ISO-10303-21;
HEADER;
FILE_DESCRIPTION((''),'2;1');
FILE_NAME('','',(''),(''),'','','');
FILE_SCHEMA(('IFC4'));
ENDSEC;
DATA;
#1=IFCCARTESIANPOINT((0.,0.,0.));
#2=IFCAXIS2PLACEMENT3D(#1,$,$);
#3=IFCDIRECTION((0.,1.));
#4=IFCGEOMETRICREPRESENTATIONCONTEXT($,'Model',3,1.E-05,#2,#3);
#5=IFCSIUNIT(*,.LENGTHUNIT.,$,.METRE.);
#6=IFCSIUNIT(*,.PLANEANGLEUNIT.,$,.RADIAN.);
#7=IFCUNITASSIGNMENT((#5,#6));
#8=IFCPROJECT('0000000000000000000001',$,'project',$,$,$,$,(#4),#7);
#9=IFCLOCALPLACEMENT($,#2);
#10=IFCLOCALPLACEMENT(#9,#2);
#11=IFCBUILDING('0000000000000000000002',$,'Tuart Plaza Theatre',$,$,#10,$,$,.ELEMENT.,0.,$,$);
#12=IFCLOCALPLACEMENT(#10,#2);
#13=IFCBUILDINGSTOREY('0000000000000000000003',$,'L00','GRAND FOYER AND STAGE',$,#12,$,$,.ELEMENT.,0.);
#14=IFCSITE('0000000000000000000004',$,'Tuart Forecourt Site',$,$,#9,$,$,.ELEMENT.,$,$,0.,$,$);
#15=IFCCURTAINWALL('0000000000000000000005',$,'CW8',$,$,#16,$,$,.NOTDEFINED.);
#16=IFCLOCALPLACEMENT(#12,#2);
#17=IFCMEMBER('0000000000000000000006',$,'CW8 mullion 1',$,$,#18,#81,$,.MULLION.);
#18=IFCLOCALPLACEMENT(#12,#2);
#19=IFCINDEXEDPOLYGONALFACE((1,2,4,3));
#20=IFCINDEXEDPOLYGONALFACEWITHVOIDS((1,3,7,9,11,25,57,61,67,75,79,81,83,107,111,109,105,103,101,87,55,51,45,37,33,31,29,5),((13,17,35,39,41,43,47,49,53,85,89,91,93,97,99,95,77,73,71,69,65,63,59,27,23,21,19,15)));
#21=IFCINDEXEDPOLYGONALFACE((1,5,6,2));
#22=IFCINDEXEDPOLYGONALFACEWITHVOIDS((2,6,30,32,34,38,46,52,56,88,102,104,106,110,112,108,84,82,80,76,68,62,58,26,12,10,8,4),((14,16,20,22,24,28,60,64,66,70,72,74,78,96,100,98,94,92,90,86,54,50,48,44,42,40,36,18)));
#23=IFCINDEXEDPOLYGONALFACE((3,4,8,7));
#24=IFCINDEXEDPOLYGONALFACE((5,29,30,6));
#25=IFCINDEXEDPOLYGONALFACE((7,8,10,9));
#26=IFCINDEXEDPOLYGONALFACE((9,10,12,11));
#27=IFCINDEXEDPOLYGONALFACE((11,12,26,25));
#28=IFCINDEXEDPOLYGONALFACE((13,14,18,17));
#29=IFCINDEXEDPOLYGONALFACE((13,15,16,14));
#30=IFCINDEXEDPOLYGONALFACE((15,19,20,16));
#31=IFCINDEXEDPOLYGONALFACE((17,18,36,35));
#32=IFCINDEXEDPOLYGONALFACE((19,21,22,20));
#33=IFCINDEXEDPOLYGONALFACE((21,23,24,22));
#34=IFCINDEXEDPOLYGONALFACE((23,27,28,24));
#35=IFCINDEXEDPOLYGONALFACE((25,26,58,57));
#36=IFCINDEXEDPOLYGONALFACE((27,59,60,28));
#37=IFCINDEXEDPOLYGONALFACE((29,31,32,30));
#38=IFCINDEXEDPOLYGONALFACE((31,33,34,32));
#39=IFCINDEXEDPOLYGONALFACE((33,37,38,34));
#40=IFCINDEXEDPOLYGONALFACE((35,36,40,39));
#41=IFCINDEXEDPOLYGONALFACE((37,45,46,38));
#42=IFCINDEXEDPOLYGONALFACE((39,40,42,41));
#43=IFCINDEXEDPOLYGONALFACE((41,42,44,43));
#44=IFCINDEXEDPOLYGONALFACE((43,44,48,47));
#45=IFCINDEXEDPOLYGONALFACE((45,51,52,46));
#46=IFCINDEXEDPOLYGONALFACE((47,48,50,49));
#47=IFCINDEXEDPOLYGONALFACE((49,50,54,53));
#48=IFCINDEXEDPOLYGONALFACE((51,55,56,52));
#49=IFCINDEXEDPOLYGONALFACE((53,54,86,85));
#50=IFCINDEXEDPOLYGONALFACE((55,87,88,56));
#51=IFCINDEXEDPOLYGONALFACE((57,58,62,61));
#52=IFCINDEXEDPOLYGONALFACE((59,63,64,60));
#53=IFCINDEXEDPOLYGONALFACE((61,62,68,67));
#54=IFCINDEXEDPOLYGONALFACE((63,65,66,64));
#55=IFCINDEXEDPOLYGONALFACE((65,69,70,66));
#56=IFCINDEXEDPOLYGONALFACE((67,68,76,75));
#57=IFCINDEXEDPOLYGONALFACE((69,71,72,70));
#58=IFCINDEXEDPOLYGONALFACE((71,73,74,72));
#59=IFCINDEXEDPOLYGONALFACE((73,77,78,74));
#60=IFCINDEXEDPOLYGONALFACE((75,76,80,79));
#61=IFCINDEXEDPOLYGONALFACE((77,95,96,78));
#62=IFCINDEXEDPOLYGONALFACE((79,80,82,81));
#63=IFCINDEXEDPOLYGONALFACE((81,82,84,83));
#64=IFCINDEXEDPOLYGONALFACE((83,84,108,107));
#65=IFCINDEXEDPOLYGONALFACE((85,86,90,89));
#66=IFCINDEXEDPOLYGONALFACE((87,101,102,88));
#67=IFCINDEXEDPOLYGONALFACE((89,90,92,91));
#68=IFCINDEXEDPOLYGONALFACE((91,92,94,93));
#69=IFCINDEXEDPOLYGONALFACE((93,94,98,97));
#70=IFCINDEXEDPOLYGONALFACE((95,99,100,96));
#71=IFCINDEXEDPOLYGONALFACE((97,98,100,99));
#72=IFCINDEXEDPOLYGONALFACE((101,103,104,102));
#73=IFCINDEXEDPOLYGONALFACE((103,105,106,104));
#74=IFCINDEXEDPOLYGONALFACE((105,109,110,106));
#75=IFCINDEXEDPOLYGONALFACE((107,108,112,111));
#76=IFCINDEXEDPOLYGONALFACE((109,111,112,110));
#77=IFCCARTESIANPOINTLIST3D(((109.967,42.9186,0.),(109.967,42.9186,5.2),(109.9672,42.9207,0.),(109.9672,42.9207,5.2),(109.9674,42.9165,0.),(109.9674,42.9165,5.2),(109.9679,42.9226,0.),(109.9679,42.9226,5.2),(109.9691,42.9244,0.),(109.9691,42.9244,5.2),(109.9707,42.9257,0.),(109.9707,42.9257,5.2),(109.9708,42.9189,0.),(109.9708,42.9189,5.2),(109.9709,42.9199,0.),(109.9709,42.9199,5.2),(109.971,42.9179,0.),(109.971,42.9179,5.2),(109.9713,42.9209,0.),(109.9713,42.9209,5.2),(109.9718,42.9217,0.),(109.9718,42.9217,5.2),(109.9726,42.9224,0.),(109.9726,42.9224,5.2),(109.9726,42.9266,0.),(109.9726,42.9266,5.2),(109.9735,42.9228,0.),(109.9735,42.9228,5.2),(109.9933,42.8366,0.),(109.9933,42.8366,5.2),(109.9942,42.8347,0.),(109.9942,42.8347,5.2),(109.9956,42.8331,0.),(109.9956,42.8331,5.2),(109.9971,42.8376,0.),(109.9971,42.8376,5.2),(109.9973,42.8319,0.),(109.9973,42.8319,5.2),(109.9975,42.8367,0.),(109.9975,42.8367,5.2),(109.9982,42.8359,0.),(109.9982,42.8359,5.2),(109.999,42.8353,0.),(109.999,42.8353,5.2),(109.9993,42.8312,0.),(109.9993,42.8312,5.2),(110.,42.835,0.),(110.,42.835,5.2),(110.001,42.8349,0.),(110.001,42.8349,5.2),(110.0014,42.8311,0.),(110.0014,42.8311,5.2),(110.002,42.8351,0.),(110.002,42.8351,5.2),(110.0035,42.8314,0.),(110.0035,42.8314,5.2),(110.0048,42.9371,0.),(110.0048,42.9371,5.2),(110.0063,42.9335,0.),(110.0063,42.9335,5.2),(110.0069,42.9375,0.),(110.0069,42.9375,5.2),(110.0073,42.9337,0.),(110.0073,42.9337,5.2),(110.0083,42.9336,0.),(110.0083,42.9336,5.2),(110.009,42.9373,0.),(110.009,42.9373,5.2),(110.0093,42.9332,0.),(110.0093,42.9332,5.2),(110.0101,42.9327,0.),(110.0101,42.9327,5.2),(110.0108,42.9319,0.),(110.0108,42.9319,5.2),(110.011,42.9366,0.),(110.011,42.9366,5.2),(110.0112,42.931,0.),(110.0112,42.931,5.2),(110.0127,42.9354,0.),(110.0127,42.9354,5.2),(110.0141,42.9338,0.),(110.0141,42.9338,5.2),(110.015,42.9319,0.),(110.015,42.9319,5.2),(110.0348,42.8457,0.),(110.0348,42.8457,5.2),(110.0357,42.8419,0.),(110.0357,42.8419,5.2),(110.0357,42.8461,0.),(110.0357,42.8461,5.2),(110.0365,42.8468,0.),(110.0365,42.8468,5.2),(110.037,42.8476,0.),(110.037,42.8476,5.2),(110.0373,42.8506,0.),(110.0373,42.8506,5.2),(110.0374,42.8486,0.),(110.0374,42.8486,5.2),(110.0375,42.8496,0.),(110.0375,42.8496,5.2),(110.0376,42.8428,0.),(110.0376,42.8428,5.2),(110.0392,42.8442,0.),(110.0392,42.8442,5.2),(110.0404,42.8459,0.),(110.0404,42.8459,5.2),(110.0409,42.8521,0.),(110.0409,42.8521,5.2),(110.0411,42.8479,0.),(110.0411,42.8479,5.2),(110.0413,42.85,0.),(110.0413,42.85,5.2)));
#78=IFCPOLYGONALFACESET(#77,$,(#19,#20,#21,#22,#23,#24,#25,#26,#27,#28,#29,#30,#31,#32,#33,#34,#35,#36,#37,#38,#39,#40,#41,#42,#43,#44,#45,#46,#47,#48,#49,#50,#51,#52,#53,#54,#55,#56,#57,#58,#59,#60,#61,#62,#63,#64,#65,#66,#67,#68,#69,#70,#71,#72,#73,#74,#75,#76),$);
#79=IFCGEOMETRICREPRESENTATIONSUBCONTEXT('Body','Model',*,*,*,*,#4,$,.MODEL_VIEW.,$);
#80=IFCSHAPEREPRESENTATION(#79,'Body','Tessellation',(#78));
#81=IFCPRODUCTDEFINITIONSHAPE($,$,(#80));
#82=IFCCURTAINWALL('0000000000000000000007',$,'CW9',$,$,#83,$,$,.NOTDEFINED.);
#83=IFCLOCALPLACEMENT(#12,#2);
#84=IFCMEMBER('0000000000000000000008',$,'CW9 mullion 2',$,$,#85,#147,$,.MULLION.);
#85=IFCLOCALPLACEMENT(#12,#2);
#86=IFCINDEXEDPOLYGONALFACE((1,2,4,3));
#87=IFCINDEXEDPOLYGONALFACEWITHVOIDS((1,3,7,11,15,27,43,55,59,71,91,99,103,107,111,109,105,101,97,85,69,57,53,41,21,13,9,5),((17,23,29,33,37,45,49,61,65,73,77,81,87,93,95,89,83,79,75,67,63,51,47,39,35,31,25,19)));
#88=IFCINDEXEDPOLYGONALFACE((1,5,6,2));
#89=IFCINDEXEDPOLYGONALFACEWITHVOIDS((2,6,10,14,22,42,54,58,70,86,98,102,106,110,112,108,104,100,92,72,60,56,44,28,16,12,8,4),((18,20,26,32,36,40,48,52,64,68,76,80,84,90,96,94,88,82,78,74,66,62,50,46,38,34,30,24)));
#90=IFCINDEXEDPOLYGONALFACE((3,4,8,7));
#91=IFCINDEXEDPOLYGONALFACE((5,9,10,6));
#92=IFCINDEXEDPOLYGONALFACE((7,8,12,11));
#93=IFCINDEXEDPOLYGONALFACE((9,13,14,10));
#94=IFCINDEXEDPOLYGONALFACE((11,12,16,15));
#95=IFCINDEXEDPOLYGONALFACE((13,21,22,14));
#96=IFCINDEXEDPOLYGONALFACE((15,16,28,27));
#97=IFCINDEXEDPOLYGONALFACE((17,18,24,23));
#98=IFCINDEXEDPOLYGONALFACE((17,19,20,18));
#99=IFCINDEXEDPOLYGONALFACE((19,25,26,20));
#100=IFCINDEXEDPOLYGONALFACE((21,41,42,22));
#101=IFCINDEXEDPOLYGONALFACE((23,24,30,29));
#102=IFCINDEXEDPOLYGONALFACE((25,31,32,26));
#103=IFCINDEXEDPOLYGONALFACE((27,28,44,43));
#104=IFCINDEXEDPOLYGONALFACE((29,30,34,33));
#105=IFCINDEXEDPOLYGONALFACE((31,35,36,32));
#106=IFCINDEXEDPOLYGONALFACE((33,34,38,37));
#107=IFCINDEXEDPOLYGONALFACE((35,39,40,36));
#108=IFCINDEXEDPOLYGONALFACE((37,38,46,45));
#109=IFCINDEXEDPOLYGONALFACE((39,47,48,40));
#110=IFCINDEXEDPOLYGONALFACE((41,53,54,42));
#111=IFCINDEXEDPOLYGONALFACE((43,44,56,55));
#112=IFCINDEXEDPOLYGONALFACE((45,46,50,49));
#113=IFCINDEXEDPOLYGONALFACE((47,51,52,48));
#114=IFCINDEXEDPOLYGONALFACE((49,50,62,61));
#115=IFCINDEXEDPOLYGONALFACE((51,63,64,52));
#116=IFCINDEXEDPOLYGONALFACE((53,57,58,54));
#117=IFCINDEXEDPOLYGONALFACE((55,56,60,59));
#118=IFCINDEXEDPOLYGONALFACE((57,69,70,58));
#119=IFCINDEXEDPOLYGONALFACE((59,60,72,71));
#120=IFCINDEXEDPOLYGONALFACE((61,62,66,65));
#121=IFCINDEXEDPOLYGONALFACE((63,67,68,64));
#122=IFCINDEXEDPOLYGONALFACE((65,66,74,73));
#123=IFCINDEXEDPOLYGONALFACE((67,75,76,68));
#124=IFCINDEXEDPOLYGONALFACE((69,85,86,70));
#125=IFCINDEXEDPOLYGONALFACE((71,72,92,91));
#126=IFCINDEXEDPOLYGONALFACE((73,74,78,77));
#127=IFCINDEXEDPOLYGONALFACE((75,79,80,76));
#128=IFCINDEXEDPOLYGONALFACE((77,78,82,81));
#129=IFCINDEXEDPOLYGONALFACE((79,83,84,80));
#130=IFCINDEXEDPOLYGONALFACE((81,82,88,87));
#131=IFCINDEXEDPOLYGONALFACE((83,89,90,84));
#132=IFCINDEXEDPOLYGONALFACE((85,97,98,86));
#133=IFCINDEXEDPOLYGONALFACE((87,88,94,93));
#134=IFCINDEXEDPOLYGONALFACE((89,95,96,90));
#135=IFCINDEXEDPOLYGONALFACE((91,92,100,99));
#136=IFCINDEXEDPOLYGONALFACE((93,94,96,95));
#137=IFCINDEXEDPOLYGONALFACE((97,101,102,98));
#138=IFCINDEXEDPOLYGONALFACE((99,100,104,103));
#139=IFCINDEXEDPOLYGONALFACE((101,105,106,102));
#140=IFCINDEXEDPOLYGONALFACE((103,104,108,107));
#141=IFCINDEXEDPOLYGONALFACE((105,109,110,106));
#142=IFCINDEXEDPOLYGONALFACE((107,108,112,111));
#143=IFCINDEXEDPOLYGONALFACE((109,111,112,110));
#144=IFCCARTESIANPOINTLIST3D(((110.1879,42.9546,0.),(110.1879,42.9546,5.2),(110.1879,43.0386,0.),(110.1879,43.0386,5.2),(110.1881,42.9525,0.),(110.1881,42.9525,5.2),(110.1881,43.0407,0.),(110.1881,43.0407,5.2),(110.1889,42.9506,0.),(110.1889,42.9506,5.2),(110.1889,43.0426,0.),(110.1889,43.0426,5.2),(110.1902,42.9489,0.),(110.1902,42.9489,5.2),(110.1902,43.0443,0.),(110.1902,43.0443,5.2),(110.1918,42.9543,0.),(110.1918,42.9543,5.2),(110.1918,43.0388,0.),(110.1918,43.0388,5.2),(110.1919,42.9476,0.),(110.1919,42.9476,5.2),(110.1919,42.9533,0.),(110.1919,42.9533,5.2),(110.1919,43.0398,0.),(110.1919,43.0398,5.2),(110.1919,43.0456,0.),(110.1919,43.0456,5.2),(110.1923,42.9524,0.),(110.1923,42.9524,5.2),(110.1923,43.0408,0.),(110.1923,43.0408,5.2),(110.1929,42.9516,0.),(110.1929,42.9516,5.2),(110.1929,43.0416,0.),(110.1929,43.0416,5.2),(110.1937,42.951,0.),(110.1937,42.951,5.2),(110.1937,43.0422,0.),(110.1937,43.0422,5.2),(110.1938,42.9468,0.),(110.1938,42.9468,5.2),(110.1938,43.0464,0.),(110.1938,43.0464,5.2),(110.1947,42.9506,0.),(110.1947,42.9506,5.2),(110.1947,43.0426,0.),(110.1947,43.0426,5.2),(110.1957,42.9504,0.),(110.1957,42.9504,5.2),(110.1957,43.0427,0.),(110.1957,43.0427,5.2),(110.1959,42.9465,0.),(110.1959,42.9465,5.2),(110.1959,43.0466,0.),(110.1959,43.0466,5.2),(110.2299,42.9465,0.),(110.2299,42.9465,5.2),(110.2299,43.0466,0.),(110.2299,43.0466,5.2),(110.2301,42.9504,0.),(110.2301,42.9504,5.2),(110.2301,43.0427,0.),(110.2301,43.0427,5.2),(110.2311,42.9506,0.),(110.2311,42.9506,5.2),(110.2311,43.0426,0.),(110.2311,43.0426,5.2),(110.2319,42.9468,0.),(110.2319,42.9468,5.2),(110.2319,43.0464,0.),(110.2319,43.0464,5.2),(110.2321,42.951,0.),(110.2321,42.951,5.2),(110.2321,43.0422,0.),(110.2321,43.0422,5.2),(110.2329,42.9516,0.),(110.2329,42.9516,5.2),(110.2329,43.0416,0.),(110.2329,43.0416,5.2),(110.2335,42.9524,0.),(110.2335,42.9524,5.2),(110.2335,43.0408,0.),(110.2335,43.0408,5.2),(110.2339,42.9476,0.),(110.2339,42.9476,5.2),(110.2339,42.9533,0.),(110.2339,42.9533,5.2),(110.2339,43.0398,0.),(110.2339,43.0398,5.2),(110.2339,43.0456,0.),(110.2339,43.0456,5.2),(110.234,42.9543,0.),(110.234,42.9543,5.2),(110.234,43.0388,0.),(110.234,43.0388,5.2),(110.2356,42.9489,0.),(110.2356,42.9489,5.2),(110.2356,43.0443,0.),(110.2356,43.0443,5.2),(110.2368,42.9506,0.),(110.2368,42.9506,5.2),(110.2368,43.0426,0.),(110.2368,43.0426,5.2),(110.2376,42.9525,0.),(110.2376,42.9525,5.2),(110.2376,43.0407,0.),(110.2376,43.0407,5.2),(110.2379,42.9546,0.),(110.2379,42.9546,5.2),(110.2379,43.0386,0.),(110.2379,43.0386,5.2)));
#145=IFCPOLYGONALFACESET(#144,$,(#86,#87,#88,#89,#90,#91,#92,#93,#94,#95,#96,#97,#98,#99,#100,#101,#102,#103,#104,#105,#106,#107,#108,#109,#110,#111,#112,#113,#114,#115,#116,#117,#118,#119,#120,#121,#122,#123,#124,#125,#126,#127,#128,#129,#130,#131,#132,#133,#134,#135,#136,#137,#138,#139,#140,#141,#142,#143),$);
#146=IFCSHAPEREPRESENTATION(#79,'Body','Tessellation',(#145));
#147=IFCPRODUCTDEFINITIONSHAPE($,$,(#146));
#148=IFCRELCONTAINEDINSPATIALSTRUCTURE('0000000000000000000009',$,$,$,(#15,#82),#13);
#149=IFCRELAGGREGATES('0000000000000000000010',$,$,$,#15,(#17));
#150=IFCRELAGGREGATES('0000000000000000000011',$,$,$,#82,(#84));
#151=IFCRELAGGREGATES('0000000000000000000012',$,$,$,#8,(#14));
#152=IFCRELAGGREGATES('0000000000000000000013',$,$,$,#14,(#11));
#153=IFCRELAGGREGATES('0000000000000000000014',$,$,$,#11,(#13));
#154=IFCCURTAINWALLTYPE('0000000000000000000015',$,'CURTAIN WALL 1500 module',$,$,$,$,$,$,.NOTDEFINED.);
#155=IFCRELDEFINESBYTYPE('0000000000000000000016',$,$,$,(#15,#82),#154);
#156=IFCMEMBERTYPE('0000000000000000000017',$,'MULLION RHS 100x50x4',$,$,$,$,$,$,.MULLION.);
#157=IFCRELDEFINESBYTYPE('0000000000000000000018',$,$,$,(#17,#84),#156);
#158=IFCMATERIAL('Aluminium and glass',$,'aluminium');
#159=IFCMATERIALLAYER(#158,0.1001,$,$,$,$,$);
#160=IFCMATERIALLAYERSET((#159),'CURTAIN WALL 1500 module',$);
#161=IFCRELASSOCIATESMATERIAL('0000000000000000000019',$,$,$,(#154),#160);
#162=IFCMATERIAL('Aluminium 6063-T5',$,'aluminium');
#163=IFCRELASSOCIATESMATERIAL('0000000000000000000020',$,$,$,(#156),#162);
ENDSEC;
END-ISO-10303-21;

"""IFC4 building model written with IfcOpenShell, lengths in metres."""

from ifc_helpers import new_model, si_unit, direction, frame, origin, origin_2d, place, context, subcontext, project, spatial, hollow_rectangle, extrude, material, layer, layer_set, material_profile, profile_set, type_object, element, aggregate, save


model = new_model("IFC4")

# Units and contexts
model_context = context("Model", 3, precision=1e-05, world=origin(), true_north=direction((0.0, 1.0)))
body_context = subcontext(model_context, "Body", "Model", "MODEL_VIEW")
ifc_project = project(units=[si_unit("LENGTHUNIT", "METRE"), si_unit("PLANEANGLEUNIT", "RADIAN")], contexts=[model_context])

# Site, building, storey
site_placement = place(None, origin())
site = spatial("IfcSite", under=ifc_project, at=site_placement, Name="Tuart Forecourt Site", CompositionType="ELEMENT", RefElevation=0.0)
building_placement = place(site_placement, origin())
building = spatial("IfcBuilding", under=site, at=building_placement, Name="Tuart Plaza Theatre", CompositionType="ELEMENT", ElevationOfRefHeight=0.0)
storey_placement = place(building_placement, origin())
storey = spatial("IfcBuildingStorey", under=building, at=storey_placement, Name="L00", Description="GRAND FOYER AND STAGE", CompositionType="ELEMENT", Elevation=0.0)

# Curtain walls, members
ifc_material_1 = material(Name="Aluminium and glass", Category="aluminium")
ifc_layer_1 = layer(ifc_material_1, 0.1001)
ifc_layer_set_1 = layer_set([ifc_layer_1], Name="CURTAIN WALL 1500 module")
curtain_wall_type = type_object("IfcCurtainWallType", Name="CURTAIN WALL 1500 module", PredefinedType="NOTDEFINED", material=ifc_layer_set_1)
ifc_material_2 = material(Name="Aluminium 6063-T5", Category="aluminium")
ifc_material_profile_1 = material_profile(ifc_material_2, hollow_rectangle(XDim=0.05, YDim=0.1001, WallThickness=0.0039, InnerFilletRadius=0.0039, OuterFilletRadius=0.0081, at=origin_2d()), Name="RHS 100x50x4")
ifc_profile_set_1 = profile_set([ifc_material_profile_1], Name="Aluminium 6063-T5")
member_type_1 = type_object("IfcMemberType", Name="MULLION RHS 100x50x4", PredefinedType="MULLION", material=ifc_profile_set_1)
curtain_wall_1_placement = place(storey_placement, origin())
curtain_wall_1 = element("IfcCurtainWall", 1, at=curtain_wall_1_placement, inside=storey, type_object=curtain_wall_type, Name="CW8", PredefinedType="NOTDEFINED")
member_1_placement = place(storey_placement, frame((110.0042, 42.8843, 0.0), z_axis=(0.0, 0.0, 1.0), x_axis=(0.951122, 0.308815, 0.0)))
member_1 = element("IfcMember", 2, at=member_1_placement, type_object=member_type_1, Name="CW8 mullion 1", PredefinedType="MULLION", context=body_context, shape_type="SweptSolid", body=[
    extrude(hollow_rectangle(XDim=0.05, YDim=0.1001, WallThickness=0.0039, InnerFilletRadius=0.0039, OuterFilletRadius=0.0081, at=origin_2d()), origin(), (0.0, 0.0, 1.0), 5.2),
])
curtain_wall_2_placement = place(storey_placement, origin())
curtain_wall_2 = element("IfcCurtainWall", 3, at=curtain_wall_2_placement, inside=storey, type_object=curtain_wall_type, Name="CW9", PredefinedType="NOTDEFINED")
member_2_placement = place(storey_placement, frame((110.2129, 42.9966, 0.0), z_axis=(0.0, 0.0, 1.0), x_axis=(-1.0, 0.0, 0.0)))
member_2 = element("IfcMember", 4, at=member_2_placement, type_object=member_type_1, Name="CW9 mullion 2", PredefinedType="MULLION", context=body_context, shape_type="SweptSolid", body=[
    extrude(hollow_rectangle(XDim=0.05, YDim=0.1001, WallThickness=0.0039, InnerFilletRadius=0.0039, OuterFilletRadius=0.0081, at=origin_2d()), origin(), (0.0, 0.0, 1.0), 5.2),
])

aggregate(curtain_wall_1, [member_1])

aggregate(curtain_wall_2, [member_2])

save(model, "model.ifc")
